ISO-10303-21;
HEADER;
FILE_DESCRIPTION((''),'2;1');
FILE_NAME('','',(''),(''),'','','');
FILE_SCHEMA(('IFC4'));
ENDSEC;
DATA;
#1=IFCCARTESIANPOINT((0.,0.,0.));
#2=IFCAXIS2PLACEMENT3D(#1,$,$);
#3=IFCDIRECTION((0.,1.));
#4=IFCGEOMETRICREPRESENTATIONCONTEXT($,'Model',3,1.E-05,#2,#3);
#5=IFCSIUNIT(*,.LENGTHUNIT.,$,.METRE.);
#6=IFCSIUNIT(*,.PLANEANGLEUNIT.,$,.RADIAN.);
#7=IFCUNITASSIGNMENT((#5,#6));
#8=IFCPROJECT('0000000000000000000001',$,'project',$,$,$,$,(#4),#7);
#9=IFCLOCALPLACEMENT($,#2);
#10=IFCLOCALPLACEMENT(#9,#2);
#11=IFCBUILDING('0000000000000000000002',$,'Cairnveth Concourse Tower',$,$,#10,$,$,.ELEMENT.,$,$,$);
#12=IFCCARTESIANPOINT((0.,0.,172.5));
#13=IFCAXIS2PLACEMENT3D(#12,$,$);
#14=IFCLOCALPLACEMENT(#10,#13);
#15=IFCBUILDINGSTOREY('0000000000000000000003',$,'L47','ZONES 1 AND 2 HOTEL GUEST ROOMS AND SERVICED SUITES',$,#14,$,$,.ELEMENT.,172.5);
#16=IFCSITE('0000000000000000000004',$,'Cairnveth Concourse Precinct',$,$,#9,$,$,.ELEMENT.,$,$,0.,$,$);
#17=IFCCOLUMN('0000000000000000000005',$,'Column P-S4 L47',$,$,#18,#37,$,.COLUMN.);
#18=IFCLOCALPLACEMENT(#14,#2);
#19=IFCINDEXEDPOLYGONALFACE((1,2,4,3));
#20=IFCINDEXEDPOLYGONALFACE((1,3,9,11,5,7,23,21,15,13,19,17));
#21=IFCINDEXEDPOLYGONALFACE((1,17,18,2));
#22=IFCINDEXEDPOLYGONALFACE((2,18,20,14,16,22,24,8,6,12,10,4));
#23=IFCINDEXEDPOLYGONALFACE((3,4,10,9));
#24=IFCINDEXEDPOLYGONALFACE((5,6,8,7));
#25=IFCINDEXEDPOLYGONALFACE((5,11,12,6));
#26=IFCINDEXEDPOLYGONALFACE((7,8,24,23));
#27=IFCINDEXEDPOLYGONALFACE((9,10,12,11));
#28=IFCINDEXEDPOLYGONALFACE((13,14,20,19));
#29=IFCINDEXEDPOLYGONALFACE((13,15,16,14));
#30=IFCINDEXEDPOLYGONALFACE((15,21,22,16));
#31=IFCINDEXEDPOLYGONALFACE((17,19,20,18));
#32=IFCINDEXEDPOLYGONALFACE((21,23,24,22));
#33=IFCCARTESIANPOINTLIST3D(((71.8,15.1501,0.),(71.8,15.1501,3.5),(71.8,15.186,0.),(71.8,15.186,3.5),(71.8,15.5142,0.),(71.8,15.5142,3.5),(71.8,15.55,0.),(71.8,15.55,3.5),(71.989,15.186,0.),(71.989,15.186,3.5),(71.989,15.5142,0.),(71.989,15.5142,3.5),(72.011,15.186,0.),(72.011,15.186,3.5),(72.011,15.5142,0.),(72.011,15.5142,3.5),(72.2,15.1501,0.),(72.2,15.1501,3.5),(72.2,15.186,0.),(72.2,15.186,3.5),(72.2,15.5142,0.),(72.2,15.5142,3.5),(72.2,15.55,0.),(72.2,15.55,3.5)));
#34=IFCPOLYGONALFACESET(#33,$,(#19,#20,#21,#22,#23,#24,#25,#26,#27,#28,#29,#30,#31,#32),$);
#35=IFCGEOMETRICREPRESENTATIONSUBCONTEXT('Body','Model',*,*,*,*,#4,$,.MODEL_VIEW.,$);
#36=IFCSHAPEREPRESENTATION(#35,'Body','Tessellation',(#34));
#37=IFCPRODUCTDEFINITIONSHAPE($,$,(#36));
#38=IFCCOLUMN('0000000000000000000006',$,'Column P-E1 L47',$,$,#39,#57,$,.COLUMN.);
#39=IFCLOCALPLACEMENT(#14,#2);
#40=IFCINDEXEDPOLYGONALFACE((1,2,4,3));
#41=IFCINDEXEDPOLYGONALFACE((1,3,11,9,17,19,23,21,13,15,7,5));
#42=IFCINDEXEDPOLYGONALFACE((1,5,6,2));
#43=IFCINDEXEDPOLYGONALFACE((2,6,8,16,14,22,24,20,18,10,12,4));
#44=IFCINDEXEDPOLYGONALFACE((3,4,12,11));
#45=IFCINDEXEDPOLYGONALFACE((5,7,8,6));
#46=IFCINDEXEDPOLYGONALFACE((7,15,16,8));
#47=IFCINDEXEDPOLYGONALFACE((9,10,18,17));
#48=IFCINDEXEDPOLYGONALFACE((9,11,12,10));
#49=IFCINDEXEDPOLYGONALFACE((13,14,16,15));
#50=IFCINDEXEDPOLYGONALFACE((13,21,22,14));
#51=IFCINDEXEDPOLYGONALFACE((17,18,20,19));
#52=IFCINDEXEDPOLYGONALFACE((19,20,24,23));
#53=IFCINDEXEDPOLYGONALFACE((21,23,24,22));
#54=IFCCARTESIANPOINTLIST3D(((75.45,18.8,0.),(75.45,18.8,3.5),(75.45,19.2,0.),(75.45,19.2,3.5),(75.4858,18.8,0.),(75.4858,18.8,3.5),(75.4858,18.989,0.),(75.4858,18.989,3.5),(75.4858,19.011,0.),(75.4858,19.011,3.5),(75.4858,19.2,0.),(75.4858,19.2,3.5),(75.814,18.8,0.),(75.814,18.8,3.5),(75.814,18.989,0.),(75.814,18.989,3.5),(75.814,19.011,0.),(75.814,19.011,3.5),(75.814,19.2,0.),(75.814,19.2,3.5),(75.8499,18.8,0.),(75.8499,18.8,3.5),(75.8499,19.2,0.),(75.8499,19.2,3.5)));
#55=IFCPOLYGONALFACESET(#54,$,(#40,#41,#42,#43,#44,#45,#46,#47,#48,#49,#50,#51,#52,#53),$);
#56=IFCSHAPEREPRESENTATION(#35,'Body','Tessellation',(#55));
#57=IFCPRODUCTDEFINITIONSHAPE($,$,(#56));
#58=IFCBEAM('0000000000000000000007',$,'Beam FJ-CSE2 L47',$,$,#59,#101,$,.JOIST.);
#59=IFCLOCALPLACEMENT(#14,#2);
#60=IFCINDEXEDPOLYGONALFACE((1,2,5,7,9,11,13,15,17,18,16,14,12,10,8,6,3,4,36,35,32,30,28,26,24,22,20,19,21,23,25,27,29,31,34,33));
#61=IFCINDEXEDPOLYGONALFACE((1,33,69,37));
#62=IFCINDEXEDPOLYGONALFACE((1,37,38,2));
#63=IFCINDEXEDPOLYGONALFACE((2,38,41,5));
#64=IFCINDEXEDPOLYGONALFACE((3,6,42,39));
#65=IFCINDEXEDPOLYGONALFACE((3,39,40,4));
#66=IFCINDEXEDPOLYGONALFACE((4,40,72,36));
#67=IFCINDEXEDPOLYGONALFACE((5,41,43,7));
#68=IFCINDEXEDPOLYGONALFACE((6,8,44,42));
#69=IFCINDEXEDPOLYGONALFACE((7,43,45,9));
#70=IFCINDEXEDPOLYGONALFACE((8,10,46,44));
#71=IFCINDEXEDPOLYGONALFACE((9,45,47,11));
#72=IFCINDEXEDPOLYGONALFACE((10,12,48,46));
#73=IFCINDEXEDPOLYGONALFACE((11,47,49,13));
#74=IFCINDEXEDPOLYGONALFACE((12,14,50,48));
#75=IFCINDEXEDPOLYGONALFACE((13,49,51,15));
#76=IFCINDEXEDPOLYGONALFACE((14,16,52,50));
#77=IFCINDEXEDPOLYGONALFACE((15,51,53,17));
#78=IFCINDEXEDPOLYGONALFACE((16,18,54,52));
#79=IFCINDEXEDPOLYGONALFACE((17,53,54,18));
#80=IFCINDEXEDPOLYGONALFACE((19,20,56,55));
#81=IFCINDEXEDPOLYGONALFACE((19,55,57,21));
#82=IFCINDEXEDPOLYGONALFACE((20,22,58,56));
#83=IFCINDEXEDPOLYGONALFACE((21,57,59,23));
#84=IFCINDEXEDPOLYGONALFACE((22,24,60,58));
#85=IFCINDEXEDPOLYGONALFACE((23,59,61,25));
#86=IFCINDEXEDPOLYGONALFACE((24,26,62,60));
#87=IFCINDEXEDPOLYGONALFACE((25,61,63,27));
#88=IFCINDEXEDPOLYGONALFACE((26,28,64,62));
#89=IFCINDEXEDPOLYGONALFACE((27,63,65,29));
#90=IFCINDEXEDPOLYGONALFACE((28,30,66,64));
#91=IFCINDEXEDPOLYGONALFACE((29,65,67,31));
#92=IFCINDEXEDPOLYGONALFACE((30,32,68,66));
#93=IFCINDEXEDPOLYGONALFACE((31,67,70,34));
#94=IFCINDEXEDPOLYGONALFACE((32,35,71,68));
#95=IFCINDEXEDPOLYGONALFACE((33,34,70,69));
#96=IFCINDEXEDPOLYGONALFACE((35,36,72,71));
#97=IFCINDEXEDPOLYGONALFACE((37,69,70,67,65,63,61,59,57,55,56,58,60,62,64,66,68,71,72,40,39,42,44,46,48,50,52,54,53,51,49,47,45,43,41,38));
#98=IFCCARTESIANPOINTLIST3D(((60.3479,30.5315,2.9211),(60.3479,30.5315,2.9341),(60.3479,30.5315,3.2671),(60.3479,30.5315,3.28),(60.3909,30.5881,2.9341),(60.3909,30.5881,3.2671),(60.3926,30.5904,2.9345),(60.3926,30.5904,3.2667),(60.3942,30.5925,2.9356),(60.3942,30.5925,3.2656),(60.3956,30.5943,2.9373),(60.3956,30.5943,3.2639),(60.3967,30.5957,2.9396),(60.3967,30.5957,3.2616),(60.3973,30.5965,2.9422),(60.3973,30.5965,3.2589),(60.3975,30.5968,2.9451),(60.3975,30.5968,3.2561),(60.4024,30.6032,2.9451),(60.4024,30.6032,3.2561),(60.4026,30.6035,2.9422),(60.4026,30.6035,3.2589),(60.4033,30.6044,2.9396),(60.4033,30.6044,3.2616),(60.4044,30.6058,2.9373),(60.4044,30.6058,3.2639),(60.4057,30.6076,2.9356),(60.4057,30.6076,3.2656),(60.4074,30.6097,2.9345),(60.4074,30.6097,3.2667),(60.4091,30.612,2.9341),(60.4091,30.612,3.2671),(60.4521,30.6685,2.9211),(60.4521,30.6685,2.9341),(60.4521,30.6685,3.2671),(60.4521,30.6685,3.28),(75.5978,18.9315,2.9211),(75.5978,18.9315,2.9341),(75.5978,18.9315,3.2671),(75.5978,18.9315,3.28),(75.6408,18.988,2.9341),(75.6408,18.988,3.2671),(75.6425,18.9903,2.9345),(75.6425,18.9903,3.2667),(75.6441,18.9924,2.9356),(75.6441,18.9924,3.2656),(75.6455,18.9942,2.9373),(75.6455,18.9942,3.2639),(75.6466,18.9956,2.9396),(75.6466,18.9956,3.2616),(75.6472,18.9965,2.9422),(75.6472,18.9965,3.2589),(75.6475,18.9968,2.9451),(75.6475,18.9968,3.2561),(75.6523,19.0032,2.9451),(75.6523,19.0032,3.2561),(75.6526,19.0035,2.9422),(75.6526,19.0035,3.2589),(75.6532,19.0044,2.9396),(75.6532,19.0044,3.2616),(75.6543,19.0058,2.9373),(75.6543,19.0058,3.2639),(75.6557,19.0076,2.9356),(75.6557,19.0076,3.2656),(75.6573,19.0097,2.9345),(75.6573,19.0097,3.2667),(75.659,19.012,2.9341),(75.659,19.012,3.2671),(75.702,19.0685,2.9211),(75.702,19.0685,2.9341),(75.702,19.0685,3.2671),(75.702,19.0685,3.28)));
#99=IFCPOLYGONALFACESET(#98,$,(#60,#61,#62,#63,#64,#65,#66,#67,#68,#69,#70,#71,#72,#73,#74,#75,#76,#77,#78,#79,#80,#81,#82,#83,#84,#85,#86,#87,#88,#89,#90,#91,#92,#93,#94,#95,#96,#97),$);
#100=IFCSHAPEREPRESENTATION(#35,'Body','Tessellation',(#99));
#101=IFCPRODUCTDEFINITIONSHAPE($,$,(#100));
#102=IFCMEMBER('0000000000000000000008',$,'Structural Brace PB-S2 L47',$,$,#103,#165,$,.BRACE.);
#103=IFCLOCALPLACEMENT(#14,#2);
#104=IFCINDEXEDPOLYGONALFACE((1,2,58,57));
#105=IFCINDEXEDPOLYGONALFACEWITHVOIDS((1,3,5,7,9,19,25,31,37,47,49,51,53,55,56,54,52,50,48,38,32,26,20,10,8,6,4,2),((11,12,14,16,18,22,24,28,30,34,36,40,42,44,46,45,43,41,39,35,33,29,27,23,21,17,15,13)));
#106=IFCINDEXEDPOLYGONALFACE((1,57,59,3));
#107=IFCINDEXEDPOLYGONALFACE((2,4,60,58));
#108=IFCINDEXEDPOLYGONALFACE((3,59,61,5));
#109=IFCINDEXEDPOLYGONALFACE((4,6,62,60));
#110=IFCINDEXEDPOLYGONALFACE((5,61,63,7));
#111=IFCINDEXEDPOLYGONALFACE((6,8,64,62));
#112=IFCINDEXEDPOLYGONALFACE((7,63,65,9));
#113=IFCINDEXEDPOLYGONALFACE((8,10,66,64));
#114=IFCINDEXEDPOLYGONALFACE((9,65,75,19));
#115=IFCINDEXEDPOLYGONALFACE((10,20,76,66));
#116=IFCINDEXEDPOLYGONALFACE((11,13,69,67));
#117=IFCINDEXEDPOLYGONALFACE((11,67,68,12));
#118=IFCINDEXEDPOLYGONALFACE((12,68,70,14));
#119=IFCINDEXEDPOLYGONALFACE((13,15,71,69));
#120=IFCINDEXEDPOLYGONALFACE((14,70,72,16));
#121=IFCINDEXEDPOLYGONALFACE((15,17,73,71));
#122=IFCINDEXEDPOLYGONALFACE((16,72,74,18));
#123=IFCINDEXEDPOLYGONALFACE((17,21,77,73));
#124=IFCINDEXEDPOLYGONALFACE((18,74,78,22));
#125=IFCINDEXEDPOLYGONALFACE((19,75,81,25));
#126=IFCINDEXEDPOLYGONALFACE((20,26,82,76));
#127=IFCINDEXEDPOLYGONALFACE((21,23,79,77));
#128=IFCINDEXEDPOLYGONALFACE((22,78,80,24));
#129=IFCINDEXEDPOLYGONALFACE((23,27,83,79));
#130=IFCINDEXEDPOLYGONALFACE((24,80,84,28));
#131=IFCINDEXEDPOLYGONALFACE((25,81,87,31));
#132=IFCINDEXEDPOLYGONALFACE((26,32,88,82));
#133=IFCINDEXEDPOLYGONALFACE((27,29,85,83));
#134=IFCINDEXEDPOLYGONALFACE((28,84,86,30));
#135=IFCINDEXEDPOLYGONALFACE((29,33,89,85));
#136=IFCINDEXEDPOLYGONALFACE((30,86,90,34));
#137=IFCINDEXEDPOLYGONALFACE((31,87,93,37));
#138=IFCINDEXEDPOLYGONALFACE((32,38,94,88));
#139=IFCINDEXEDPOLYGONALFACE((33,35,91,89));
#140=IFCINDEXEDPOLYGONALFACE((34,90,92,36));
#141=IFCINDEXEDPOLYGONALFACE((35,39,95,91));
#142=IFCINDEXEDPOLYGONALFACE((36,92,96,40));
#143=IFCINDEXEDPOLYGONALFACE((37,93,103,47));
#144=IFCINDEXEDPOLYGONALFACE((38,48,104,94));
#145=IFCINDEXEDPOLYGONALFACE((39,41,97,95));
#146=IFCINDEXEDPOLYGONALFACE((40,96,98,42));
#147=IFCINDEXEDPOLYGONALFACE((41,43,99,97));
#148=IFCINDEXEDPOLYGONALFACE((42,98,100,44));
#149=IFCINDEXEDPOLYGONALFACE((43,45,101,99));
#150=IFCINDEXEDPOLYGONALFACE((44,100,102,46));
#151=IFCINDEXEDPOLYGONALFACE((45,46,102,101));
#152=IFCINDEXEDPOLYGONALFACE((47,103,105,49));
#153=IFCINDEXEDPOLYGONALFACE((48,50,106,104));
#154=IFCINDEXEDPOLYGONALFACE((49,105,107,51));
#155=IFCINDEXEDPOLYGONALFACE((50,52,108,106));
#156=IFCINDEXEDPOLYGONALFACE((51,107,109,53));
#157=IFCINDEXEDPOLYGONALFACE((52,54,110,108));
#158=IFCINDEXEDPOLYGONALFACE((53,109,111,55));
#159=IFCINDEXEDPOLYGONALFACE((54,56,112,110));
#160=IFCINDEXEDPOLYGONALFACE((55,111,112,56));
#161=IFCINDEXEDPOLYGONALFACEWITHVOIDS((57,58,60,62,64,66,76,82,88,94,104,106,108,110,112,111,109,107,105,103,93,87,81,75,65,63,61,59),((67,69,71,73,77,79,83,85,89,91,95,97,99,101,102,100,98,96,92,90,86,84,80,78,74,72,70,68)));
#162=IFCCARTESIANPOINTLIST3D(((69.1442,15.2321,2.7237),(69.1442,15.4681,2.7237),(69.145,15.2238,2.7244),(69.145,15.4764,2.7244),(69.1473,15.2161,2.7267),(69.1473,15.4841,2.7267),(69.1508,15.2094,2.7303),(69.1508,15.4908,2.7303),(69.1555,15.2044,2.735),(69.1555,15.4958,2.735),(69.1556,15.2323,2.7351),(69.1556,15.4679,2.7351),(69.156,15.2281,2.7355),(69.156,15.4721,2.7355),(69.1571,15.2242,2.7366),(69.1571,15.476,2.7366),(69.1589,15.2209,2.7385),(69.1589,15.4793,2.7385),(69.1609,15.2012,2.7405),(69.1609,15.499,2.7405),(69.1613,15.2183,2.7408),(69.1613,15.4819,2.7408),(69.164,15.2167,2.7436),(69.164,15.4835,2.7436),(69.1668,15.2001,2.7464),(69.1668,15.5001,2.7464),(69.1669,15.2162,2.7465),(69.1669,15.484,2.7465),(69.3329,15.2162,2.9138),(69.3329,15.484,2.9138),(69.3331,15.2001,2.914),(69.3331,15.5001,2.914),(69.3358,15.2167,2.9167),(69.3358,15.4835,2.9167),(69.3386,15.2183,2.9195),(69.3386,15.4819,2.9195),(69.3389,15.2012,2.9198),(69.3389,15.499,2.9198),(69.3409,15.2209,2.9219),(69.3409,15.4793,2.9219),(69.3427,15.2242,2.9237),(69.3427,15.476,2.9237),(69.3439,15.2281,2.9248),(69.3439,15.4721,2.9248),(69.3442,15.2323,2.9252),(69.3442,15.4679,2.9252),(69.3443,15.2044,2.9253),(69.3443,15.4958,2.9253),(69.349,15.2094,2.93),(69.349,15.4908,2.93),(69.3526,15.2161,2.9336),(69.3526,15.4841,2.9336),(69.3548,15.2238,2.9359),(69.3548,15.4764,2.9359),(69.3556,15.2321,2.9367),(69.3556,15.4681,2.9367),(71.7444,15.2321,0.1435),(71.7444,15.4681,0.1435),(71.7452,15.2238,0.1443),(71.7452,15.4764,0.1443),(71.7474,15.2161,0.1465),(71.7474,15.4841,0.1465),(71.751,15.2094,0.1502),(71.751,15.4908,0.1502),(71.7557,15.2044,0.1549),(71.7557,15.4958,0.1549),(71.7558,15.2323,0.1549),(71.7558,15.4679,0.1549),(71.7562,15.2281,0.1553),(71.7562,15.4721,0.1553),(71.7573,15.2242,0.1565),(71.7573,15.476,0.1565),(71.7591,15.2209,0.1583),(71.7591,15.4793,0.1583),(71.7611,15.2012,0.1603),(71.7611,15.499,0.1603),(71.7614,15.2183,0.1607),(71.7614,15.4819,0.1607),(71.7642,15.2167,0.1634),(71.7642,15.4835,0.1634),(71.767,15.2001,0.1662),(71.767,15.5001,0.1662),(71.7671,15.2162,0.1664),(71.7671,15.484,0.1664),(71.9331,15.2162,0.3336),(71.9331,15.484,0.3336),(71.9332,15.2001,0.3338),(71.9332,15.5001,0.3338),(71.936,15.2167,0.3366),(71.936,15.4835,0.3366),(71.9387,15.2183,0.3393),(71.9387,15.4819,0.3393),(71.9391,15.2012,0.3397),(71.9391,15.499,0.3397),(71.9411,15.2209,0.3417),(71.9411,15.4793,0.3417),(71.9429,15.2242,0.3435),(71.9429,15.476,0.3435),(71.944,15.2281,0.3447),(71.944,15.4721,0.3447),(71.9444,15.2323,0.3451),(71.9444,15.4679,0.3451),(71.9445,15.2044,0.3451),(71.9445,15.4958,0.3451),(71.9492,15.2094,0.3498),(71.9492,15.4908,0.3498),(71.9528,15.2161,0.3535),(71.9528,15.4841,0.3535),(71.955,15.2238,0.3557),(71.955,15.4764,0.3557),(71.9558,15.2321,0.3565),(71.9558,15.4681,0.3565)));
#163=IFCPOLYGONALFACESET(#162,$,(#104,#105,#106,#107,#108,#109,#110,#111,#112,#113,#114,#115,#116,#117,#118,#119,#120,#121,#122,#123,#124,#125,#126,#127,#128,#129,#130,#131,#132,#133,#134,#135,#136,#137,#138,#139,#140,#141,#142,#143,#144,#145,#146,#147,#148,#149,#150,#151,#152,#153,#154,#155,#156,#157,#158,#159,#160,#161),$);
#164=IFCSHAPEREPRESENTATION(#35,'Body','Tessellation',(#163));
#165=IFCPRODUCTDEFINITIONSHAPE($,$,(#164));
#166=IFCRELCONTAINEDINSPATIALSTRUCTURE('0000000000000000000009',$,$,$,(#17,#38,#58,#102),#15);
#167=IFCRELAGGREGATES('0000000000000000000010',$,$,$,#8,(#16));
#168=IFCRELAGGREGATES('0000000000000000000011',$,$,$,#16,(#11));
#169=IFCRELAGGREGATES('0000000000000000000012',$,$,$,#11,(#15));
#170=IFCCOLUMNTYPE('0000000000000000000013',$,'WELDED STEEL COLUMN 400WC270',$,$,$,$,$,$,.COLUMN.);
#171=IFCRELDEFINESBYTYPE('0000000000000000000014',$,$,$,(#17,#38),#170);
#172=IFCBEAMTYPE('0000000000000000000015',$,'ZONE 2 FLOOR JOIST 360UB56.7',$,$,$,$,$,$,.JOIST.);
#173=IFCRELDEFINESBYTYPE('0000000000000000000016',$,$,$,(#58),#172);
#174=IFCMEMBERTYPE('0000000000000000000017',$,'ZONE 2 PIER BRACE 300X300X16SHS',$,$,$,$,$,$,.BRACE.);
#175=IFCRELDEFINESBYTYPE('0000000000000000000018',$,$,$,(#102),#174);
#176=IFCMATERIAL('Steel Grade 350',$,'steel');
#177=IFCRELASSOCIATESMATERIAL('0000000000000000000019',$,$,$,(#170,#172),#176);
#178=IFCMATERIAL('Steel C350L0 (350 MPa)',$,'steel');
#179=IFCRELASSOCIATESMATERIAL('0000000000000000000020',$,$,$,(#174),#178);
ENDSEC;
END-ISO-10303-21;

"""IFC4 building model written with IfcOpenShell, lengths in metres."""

from ifc_helpers import new_model, si_unit, direction, frame, origin, origin_2d, place, context, subcontext, project, spatial, hollow_rectangle, i_section, extrude, material, material_profile, profile_set, type_object, element, save


model = new_model("IFC4")

# Units and contexts
model_context = context("Model", 3, precision=1e-05, world=origin(), true_north=direction((0.0, 1.0)))
body_context = subcontext(model_context, "Body", "Model", "MODEL_VIEW")
ifc_project = project(units=[si_unit("LENGTHUNIT", "METRE"), si_unit("PLANEANGLEUNIT", "RADIAN")], contexts=[model_context])

# Site, building, storey
site_placement = place(None, origin())
site = spatial("IfcSite", under=ifc_project, at=site_placement, Name="Cairnveth Concourse Precinct", CompositionType="ELEMENT", RefElevation=0.0)
building_placement = place(site_placement, origin())
building = spatial("IfcBuilding", under=site, at=building_placement, Name="Cairnveth Concourse Tower", CompositionType="ELEMENT")
storey_placement = place(building_placement, frame((0.0, 0.0, 172.5)))
storey = spatial("IfcBuildingStorey", under=building, at=storey_placement, Name="L47", Description="ZONES 1 AND 2 HOTEL GUEST ROOMS AND SERVICED SUITES", CompositionType="ELEMENT", Elevation=172.5)

# Columns
ifc_material_1 = material(Name="Steel Grade 350", Category="steel")
ifc_material_profile_1 = material_profile(ifc_material_1, i_section(OverallWidth=0.3999, OverallDepth=0.3999, WebThickness=0.022, FlangeThickness=0.0359, at=origin_2d()), Name="400WC270")
ifc_profile_set_1 = profile_set([ifc_material_profile_1], Name="Steel Grade 350")
column_type = type_object("IfcColumnType", Name="WELDED STEEL COLUMN 400WC270", PredefinedType="COLUMN", material=ifc_profile_set_1)
for number, where, z_axis, x_axis, name in (
    (1, (72.0, 15.3501, 0.0), (0.0, 0.0, 1.0), (1.0, 0.0, 0.0), "Column P-S4 L47"),
    (2, (75.6499, 19.0, 0.0), (0.0, 0.0, 1.0), (0.0, 1.0, 0.0), "Column P-E1 L47"),
):
    element("IfcColumn", number, at=place(storey_placement, frame(where, z_axis=z_axis, x_axis=x_axis)), inside=storey, type_object=column_type, Name=name, PredefinedType="COLUMN", context=body_context, shape_type="SweptSolid", body=[
        extrude(i_section(OverallWidth=0.3999, OverallDepth=0.3999, WebThickness=0.022, FlangeThickness=0.0359, at=origin_2d()), origin(), (0.0, 0.0, 1.0), 3.5),
    ])

# Beam
ifc_material_profile_2 = material_profile(ifc_material_1, i_section(OverallWidth=0.1721, OverallDepth=0.3589, WebThickness=0.0081, FlangeThickness=0.0129, FilletRadius=0.011, at=origin_2d()), Name="360UB56.7")
ifc_profile_set_2 = profile_set([ifc_material_profile_2], Name="Steel Grade 350")
beam_type_1 = type_object("IfcBeamType", Name="ZONE 2 FLOOR JOIST 360UB56.7", PredefinedType="JOIST", material=ifc_profile_set_2)
beam_1_placement = place(storey_placement, frame((75.6499, 19.0, 3.1006), z_axis=(-0.795908, 0.605417, 0.0), x_axis=(-0.605417, -0.795908, 0.0)))
element("IfcBeam", 3, at=beam_1_placement, inside=storey, type_object=beam_type_1, Name="Beam FJ-CSE2 L47", PredefinedType="JOIST", context=body_context, shape_type="SweptSolid", body=[
    extrude(i_section(OverallWidth=0.1721, OverallDepth=0.3589, WebThickness=0.0081, FlangeThickness=0.0129, FilletRadius=0.011, at=origin_2d()), origin(), (0.0, 0.0, 1.0), 19.1604),
])

# Member
ifc_material_2 = material(Name="Steel C350L0 (350 MPa)", Category="steel")
ifc_material_profile_3 = material_profile(ifc_material_2, hollow_rectangle(XDim=0.3, YDim=0.3, WallThickness=0.0161, InnerFilletRadius=0.0161, OuterFilletRadius=0.032, at=origin_2d()), Name="300x300x16.0SHS")
ifc_profile_set_3 = profile_set([ifc_material_profile_3], Name="Steel C350L0 (350 MPa)")
member_type = type_object("IfcMemberType", Name="ZONE 2 PIER BRACE 300X300X16SHS", PredefinedType="BRACE", material=ifc_profile_set_3)
for number, where, z_axis, x_axis, name in (
    (4, (71.8501, 15.3501, 0.25), (-0.709834, 0.0, 0.704369), (0.0, -1.0, 0.0), "Structural Brace PB-S2 L47"),
):
    element("IfcMember", number, at=place(storey_placement, frame(where, z_axis=z_axis, x_axis=x_axis)), inside=storey, type_object=member_type, Name=name, PredefinedType="BRACE", context=body_context, shape_type="SweptSolid", body=[
        extrude(hollow_rectangle(XDim=0.3, YDim=0.3, WallThickness=0.0161, InnerFilletRadius=0.0161, OuterFilletRadius=0.032, at=origin_2d()), origin(), (0.0, 0.0, 1.0), 3.6631),
    ])

save(model, "model.ifc")
